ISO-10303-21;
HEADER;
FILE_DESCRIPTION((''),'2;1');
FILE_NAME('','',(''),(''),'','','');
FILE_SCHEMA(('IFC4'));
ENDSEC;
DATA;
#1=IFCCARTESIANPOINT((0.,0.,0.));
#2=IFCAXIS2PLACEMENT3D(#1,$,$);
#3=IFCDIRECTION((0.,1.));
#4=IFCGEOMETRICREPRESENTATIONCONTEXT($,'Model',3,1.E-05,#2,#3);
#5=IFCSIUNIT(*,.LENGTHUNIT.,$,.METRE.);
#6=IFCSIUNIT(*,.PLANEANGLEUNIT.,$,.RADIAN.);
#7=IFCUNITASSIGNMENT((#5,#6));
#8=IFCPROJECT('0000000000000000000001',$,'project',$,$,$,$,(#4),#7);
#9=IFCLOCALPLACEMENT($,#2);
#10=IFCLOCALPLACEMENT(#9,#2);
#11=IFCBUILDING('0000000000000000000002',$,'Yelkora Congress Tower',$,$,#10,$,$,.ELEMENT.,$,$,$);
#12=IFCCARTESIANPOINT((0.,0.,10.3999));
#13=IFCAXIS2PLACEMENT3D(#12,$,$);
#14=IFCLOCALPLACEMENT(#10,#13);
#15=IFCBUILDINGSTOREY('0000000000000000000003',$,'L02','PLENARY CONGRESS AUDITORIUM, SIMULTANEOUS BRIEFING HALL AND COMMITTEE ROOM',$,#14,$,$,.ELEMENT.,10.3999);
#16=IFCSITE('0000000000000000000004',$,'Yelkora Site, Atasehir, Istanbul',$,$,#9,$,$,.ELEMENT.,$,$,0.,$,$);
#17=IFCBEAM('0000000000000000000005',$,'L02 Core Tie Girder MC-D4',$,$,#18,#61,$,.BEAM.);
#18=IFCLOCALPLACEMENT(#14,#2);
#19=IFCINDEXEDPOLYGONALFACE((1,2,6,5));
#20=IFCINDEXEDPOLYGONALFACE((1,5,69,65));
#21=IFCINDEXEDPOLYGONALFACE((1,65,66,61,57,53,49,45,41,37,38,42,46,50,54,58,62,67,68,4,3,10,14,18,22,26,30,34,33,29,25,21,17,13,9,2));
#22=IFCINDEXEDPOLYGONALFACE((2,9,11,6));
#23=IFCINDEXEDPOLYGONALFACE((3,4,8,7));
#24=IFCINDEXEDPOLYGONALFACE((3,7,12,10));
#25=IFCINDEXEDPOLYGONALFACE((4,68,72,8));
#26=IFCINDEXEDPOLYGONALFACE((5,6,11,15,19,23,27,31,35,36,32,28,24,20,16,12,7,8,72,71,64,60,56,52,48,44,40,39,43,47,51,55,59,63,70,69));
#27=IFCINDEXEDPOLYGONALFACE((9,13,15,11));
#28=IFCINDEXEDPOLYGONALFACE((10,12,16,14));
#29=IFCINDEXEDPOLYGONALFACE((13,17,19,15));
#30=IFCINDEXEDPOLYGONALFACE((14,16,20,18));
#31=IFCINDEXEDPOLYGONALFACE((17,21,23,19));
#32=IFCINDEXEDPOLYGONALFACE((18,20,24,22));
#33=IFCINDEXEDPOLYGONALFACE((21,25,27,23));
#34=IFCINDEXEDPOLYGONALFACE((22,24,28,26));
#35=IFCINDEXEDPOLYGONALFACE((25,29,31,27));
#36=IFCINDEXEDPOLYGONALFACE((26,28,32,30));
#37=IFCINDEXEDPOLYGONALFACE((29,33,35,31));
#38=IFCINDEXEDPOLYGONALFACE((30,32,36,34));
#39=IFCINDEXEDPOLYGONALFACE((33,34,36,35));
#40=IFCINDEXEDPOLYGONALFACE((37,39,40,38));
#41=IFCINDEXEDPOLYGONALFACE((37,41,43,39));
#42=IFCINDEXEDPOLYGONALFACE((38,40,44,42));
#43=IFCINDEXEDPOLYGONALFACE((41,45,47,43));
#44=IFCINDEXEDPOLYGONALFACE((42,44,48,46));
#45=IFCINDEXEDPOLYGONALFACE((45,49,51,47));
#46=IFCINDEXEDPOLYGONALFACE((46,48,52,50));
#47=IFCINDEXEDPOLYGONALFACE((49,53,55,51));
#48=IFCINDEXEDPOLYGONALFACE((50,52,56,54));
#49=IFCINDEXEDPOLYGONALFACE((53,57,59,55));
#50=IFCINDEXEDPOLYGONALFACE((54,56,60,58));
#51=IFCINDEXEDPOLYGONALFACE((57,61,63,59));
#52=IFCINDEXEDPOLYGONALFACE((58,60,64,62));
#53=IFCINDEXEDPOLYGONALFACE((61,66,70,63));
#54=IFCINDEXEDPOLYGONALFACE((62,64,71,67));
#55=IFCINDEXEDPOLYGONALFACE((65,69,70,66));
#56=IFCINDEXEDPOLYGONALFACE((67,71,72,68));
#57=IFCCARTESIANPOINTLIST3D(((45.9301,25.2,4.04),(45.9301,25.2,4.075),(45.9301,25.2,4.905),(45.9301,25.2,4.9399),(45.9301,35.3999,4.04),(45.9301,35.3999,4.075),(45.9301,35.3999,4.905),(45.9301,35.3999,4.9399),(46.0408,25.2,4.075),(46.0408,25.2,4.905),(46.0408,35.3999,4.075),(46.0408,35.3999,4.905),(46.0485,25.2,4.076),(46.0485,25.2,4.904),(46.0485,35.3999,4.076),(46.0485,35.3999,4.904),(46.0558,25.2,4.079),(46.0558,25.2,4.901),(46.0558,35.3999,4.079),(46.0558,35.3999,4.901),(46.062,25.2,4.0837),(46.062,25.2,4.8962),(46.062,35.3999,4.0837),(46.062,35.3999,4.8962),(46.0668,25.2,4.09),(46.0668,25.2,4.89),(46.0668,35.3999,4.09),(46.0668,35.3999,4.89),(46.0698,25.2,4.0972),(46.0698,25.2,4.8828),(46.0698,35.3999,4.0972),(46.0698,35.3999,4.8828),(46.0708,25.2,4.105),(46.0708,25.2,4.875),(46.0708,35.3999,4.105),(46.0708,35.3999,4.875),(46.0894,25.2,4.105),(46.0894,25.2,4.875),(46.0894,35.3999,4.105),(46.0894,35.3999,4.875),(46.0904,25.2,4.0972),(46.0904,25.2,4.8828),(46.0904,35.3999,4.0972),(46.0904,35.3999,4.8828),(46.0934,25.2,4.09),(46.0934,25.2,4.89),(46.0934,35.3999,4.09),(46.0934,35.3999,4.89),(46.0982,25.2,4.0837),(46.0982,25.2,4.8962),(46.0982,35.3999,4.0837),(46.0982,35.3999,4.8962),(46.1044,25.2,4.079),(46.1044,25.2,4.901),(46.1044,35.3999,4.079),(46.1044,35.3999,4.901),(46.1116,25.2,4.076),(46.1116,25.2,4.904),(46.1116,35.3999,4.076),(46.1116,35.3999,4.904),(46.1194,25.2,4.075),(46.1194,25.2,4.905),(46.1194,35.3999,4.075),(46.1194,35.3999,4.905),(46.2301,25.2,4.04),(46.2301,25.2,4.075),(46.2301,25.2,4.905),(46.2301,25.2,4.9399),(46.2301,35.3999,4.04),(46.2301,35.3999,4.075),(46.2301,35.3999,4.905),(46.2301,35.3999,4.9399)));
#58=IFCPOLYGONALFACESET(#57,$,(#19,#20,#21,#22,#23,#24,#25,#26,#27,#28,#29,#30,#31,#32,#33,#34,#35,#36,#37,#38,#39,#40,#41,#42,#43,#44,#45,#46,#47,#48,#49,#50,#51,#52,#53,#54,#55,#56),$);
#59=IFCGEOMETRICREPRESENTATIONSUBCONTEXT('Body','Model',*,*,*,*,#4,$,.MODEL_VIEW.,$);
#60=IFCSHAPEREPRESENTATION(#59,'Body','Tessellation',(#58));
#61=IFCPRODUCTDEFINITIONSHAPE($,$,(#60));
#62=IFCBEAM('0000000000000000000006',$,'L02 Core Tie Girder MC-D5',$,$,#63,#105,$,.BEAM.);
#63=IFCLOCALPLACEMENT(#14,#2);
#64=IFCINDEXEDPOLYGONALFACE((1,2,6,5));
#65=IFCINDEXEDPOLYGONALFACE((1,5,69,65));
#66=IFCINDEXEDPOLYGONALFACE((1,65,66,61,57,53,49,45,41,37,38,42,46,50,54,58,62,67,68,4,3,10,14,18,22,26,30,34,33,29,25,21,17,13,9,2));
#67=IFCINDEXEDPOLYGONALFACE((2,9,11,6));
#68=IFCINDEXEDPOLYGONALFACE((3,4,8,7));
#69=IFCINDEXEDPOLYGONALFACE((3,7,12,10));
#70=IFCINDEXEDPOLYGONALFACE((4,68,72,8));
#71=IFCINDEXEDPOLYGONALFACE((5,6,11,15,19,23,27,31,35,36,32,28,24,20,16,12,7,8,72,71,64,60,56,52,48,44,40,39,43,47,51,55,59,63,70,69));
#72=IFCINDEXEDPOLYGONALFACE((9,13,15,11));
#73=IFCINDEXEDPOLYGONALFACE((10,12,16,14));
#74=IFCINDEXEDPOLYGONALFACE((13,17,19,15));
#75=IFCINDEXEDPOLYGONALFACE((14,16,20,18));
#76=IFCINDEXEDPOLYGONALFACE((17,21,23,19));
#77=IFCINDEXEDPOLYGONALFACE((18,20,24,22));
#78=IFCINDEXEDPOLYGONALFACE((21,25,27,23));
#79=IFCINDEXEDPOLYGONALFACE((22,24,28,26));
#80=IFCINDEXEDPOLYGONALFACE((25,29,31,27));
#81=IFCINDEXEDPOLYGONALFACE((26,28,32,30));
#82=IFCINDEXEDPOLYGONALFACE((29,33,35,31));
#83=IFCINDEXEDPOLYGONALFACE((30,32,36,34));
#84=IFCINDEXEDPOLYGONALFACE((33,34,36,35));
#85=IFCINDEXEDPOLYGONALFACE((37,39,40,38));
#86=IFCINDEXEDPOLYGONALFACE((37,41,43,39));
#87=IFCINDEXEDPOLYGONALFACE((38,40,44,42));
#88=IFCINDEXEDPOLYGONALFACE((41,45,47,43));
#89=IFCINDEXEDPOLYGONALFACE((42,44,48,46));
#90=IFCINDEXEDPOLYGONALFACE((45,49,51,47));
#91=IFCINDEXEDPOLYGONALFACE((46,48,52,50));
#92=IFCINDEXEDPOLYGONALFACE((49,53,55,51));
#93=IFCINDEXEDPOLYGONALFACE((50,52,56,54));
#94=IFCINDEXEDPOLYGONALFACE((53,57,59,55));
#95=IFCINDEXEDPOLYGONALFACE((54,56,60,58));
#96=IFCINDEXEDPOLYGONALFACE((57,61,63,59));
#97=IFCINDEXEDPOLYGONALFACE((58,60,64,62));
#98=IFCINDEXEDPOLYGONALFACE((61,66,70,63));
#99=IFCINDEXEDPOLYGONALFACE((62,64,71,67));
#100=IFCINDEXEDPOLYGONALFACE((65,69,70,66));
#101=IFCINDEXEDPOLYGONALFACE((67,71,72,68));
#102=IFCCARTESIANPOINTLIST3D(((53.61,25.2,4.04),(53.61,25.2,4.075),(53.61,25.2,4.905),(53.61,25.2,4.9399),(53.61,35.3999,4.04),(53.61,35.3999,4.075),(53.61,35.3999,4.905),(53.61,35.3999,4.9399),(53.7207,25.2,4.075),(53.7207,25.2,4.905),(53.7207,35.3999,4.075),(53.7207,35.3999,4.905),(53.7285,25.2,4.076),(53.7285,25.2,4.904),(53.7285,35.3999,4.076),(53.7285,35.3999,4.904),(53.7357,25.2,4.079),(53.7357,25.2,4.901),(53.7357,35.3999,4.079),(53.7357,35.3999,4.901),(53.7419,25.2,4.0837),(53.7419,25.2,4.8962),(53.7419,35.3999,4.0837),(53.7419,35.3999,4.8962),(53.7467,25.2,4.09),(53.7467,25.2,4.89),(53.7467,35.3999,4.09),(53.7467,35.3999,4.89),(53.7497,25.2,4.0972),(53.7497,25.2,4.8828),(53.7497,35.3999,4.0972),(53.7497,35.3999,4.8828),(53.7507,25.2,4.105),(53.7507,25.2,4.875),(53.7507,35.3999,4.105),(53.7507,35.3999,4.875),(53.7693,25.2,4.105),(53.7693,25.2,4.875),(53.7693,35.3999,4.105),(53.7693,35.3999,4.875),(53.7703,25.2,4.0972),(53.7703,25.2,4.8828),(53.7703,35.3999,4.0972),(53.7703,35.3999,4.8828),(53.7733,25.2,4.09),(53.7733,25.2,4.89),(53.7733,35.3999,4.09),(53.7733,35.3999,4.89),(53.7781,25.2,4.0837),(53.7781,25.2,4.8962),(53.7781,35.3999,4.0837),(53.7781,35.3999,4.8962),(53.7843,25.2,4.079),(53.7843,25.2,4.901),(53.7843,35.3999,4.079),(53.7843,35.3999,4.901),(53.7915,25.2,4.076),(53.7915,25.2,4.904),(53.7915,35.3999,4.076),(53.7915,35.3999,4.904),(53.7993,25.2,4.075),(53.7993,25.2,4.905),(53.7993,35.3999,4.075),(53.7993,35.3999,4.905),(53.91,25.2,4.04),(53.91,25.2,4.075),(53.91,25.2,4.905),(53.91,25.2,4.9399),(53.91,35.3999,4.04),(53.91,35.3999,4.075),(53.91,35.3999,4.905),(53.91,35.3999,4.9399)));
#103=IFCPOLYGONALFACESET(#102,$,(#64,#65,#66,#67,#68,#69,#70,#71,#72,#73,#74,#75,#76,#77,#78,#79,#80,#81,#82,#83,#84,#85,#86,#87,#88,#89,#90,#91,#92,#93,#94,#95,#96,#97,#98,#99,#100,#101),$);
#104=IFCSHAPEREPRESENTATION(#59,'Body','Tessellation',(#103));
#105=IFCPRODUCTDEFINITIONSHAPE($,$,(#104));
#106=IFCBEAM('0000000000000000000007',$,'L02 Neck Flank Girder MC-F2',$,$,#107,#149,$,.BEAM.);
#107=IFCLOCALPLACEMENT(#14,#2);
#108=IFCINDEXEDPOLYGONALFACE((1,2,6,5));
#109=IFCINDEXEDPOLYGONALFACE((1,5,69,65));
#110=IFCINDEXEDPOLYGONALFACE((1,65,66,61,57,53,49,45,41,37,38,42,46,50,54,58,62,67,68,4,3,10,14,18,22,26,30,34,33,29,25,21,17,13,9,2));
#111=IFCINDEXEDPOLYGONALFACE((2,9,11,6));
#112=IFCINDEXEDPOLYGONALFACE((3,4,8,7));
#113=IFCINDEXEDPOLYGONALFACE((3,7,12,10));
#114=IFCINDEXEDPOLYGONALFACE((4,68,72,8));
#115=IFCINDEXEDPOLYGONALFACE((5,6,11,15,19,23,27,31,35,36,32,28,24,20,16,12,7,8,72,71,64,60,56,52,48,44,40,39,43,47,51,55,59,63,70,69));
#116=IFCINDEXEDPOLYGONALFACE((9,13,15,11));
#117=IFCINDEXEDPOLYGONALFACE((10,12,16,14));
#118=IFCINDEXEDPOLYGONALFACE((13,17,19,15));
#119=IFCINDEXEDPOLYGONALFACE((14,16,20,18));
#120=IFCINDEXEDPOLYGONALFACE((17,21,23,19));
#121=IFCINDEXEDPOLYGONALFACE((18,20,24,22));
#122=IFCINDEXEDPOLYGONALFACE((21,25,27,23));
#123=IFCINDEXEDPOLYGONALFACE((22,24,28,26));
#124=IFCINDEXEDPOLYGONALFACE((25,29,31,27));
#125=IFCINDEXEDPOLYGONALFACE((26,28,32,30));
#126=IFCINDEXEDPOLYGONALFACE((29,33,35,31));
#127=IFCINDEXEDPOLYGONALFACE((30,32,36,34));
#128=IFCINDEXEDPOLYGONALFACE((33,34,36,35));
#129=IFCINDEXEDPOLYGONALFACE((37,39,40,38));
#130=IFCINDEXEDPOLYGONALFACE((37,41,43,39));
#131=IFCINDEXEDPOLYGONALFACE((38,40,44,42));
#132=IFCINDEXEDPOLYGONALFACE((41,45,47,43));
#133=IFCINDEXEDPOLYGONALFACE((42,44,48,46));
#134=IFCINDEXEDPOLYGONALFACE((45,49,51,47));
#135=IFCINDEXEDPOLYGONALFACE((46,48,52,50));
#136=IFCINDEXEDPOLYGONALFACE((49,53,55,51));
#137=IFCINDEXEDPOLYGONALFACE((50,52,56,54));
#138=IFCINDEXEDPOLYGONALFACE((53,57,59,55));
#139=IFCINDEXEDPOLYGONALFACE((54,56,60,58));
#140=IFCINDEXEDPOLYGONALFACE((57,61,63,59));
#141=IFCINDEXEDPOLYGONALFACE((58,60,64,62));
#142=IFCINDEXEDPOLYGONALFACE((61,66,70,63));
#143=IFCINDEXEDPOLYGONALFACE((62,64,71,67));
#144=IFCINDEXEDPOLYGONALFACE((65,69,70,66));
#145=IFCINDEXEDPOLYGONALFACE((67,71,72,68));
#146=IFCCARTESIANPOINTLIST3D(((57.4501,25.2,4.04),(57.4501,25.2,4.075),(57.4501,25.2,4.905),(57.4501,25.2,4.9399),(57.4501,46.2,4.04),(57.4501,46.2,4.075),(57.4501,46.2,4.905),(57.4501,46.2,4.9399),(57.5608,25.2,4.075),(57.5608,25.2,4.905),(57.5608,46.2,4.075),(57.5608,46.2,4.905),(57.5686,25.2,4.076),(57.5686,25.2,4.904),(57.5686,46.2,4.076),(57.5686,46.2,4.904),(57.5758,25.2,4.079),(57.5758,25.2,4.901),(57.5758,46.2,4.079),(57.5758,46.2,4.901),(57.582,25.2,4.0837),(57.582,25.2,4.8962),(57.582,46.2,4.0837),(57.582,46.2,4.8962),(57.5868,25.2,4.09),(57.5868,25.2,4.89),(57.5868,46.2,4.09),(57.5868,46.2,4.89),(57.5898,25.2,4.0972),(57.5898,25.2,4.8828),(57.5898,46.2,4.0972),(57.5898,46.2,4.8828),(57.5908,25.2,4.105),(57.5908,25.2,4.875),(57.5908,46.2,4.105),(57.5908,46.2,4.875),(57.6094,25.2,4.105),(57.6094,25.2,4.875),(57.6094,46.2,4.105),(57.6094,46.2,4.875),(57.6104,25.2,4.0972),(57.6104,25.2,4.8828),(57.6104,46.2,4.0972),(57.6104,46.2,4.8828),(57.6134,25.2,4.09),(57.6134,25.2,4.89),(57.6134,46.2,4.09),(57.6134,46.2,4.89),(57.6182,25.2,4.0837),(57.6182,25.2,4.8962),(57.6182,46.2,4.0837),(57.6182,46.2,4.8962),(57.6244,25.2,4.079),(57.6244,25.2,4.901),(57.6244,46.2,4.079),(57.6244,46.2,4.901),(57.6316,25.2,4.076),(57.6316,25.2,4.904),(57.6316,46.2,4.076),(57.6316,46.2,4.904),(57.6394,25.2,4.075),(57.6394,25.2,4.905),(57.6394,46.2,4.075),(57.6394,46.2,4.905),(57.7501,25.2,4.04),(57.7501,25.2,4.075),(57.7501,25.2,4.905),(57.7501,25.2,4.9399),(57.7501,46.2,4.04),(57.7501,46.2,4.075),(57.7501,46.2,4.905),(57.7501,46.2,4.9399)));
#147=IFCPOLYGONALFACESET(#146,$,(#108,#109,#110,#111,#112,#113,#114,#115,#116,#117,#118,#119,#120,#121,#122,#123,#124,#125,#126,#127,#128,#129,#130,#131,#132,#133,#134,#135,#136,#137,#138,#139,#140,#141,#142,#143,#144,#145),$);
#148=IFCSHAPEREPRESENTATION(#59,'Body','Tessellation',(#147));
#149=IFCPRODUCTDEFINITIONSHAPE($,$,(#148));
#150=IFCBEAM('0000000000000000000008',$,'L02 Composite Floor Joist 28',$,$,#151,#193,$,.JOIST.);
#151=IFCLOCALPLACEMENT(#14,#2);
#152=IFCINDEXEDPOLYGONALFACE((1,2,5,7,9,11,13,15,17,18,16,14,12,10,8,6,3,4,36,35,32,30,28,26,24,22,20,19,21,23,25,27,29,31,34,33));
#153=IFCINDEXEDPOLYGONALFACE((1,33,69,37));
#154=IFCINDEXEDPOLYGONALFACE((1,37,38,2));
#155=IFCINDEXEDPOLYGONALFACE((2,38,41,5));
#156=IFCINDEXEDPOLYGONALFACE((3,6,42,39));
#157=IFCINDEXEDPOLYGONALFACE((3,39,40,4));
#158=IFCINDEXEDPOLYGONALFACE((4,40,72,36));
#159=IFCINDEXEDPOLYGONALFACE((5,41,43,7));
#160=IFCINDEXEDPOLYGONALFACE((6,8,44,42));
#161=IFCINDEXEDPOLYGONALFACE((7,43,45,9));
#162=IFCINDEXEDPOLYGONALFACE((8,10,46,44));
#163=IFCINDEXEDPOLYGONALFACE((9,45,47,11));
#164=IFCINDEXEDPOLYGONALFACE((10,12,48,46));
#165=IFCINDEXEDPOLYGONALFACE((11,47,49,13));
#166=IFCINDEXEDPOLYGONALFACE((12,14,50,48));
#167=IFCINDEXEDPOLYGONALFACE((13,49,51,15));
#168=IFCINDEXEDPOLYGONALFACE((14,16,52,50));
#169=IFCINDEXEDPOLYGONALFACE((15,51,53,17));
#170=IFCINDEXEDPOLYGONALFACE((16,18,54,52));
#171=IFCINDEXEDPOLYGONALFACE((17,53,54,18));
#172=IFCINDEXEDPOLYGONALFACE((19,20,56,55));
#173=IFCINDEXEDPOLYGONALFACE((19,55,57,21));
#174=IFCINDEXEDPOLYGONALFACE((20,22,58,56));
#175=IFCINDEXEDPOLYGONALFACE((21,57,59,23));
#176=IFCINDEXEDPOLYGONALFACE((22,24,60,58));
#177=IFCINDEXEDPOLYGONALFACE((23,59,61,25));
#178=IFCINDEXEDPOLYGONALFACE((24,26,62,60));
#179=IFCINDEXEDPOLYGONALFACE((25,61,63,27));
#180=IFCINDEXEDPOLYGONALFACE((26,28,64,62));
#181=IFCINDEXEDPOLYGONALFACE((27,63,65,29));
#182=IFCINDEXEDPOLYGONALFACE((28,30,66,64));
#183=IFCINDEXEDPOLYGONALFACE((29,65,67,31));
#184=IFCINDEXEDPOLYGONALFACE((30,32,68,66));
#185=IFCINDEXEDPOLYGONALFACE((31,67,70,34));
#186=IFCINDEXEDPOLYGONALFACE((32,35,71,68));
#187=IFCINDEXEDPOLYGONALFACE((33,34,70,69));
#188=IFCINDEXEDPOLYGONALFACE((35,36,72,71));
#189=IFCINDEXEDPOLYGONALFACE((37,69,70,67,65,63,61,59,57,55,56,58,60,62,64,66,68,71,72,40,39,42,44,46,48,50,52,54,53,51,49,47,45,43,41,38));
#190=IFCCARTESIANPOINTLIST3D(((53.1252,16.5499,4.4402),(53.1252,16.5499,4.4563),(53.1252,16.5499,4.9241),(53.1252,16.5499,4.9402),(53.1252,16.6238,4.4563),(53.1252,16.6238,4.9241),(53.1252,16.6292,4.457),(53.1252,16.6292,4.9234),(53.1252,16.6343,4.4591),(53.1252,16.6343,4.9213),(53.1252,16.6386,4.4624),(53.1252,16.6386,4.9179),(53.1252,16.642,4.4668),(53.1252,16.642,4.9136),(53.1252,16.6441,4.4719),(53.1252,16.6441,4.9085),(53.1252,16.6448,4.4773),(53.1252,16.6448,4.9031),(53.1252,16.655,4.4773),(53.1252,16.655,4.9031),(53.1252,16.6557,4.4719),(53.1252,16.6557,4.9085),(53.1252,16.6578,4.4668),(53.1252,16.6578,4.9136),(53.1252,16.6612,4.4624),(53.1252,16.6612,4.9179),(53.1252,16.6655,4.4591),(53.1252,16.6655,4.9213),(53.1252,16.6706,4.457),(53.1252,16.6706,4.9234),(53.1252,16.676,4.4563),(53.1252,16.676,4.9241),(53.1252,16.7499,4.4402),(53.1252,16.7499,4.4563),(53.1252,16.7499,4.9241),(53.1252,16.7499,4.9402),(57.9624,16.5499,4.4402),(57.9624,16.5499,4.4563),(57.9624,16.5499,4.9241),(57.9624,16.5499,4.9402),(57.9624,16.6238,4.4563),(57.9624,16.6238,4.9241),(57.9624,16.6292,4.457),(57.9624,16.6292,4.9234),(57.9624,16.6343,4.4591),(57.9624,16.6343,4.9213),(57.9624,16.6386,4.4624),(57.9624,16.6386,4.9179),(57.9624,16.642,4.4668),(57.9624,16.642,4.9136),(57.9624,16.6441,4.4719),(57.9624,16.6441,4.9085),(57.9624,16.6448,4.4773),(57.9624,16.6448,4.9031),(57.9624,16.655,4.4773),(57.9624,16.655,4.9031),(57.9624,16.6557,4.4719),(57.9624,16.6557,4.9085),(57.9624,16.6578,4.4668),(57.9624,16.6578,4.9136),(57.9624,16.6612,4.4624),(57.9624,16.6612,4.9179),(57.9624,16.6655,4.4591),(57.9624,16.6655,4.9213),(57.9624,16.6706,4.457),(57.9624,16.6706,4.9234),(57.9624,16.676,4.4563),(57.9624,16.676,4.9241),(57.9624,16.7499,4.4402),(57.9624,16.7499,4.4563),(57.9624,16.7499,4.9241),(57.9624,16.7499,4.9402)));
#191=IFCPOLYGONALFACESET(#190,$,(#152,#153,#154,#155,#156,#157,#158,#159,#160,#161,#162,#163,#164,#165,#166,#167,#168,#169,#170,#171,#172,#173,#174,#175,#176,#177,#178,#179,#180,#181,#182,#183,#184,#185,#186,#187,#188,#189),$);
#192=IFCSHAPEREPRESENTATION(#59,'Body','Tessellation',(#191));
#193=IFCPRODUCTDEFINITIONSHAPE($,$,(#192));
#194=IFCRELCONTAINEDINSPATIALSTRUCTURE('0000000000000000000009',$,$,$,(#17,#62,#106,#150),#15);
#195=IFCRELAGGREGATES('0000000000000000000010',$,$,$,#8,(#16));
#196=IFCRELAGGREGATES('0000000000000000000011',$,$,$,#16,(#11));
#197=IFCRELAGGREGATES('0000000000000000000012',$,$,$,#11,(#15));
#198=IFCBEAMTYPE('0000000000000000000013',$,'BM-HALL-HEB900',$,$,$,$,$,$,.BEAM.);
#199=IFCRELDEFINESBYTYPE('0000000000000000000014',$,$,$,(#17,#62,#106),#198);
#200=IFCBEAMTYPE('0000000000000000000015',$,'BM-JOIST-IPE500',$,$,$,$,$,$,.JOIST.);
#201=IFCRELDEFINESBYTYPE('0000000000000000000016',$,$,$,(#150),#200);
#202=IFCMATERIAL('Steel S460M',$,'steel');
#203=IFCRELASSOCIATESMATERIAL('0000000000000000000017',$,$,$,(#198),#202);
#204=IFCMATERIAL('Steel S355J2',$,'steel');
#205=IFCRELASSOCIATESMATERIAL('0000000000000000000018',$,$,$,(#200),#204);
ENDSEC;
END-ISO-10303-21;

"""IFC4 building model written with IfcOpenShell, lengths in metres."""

from ifc_helpers import new_model, si_unit, direction, frame, origin, origin_2d, place, context, subcontext, project, spatial, i_section, extrude, material, material_profile, profile_set, type_object, element, save


model = new_model("IFC4")

# Units and contexts
model_context = context("Model", 3, precision=1e-05, world=origin(), true_north=direction((0.0, 1.0)))
body_context = subcontext(model_context, "Body", "Model", "MODEL_VIEW")
ifc_project = project(units=[si_unit("LENGTHUNIT", "METRE"), si_unit("PLANEANGLEUNIT", "RADIAN")], contexts=[model_context])

# Site, building, storey
site_placement = place(None, origin())
site = spatial("IfcSite", under=ifc_project, at=site_placement, Name="Yelkora Site, Atasehir, Istanbul", CompositionType="ELEMENT", RefElevation=0.0)
building_placement = place(site_placement, origin())
building = spatial("IfcBuilding", under=site, at=building_placement, Name="Yelkora Congress Tower", CompositionType="ELEMENT")
storey_placement = place(building_placement, frame((0.0, 0.0, 10.3999)))
storey = spatial("IfcBuildingStorey", under=building, at=storey_placement, Name="L02", Description="PLENARY CONGRESS AUDITORIUM, SIMULTANEOUS BRIEFING HALL AND COMMITTEE ROOM", CompositionType="ELEMENT", Elevation=10.3999)

# Beams
ifc_material_1 = material(Name="Steel S460M", Category="steel")
ifc_material_profile_1 = material_profile(ifc_material_1, i_section(OverallWidth=0.3, OverallDepth=0.8999, WebThickness=0.0186, FlangeThickness=0.0349, FilletRadius=0.03, at=origin_2d()), Name="HEB 900")
ifc_profile_set_1 = profile_set([ifc_material_profile_1], Name="Steel S460M")
beam_type_1 = type_object("IfcBeamType", Name="BM-HALL-HEB900", PredefinedType="BEAM", material=ifc_profile_set_1)
for number, where, z_axis, x_axis, name in (
    (1, (46.0801, 25.2, 4.49), (0.0, 1.0, 0.0), (-1.0, 0.0, 0.0), "L02 Core Tie Girder MC-D4"),
    (2, (53.76, 25.2, 4.49), (0.0, 1.0, 0.0), (-1.0, 0.0, 0.0), "L02 Core Tie Girder MC-D5"),
):
    element("IfcBeam", number, at=place(storey_placement, frame(where, z_axis=z_axis, x_axis=x_axis)), inside=storey, type_object=beam_type_1, Name=name, PredefinedType="BEAM", context=body_context, shape_type="SweptSolid", body=[
        extrude(i_section(OverallWidth=0.3, OverallDepth=0.8999, WebThickness=0.0186, FlangeThickness=0.0349, FilletRadius=0.03, at=origin_2d()), origin(), (0.0, 0.0, 1.0), 10.2),
    ])
beam_1_placement = place(storey_placement, frame((57.6001, 25.2, 4.49), z_axis=(0.0, 1.0, 0.0), x_axis=(-1.0, 0.0, 0.0)))
element("IfcBeam", 3, at=beam_1_placement, inside=storey, type_object=beam_type_1, Name="L02 Neck Flank Girder MC-F2", PredefinedType="BEAM", context=body_context, shape_type="SweptSolid", body=[
    extrude(i_section(OverallWidth=0.3, OverallDepth=0.8999, WebThickness=0.0186, FlangeThickness=0.0349, FilletRadius=0.03, at=origin_2d()), origin(), (0.0, 0.0, 1.0), 21.0),
])
ifc_material_2 = material(Name="Steel S355J2", Category="steel")
ifc_material_profile_2 = material_profile(ifc_material_2, i_section(OverallWidth=0.2, OverallDepth=0.5, WebThickness=0.0103, FlangeThickness=0.0161, FilletRadius=0.021, at=origin_2d()), Name="IPE 500")
ifc_profile_set_2 = profile_set([ifc_material_profile_2], Name="Steel S355J2")
beam_type_2 = type_object("IfcBeamType", Name="BM-JOIST-IPE500", PredefinedType="JOIST", material=ifc_profile_set_2)
beam_2_placement = place(storey_placement, frame((53.1252, 16.6499, 4.6902), z_axis=(1.0, 0.0, 0.0), x_axis=(0.0, 1.0, 0.0)))
element("IfcBeam", 4, at=beam_2_placement, inside=storey, type_object=beam_type_2, Name="L02 Composite Floor Joist 28", PredefinedType="JOIST", context=body_context, shape_type="SweptSolid", body=[
    extrude(i_section(OverallWidth=0.2, OverallDepth=0.5, WebThickness=0.0103, FlangeThickness=0.0161, FilletRadius=0.021, at=origin_2d()), origin(), (0.0, 0.0, 1.0), 4.8372),
])

save(model, "model.ifc")
